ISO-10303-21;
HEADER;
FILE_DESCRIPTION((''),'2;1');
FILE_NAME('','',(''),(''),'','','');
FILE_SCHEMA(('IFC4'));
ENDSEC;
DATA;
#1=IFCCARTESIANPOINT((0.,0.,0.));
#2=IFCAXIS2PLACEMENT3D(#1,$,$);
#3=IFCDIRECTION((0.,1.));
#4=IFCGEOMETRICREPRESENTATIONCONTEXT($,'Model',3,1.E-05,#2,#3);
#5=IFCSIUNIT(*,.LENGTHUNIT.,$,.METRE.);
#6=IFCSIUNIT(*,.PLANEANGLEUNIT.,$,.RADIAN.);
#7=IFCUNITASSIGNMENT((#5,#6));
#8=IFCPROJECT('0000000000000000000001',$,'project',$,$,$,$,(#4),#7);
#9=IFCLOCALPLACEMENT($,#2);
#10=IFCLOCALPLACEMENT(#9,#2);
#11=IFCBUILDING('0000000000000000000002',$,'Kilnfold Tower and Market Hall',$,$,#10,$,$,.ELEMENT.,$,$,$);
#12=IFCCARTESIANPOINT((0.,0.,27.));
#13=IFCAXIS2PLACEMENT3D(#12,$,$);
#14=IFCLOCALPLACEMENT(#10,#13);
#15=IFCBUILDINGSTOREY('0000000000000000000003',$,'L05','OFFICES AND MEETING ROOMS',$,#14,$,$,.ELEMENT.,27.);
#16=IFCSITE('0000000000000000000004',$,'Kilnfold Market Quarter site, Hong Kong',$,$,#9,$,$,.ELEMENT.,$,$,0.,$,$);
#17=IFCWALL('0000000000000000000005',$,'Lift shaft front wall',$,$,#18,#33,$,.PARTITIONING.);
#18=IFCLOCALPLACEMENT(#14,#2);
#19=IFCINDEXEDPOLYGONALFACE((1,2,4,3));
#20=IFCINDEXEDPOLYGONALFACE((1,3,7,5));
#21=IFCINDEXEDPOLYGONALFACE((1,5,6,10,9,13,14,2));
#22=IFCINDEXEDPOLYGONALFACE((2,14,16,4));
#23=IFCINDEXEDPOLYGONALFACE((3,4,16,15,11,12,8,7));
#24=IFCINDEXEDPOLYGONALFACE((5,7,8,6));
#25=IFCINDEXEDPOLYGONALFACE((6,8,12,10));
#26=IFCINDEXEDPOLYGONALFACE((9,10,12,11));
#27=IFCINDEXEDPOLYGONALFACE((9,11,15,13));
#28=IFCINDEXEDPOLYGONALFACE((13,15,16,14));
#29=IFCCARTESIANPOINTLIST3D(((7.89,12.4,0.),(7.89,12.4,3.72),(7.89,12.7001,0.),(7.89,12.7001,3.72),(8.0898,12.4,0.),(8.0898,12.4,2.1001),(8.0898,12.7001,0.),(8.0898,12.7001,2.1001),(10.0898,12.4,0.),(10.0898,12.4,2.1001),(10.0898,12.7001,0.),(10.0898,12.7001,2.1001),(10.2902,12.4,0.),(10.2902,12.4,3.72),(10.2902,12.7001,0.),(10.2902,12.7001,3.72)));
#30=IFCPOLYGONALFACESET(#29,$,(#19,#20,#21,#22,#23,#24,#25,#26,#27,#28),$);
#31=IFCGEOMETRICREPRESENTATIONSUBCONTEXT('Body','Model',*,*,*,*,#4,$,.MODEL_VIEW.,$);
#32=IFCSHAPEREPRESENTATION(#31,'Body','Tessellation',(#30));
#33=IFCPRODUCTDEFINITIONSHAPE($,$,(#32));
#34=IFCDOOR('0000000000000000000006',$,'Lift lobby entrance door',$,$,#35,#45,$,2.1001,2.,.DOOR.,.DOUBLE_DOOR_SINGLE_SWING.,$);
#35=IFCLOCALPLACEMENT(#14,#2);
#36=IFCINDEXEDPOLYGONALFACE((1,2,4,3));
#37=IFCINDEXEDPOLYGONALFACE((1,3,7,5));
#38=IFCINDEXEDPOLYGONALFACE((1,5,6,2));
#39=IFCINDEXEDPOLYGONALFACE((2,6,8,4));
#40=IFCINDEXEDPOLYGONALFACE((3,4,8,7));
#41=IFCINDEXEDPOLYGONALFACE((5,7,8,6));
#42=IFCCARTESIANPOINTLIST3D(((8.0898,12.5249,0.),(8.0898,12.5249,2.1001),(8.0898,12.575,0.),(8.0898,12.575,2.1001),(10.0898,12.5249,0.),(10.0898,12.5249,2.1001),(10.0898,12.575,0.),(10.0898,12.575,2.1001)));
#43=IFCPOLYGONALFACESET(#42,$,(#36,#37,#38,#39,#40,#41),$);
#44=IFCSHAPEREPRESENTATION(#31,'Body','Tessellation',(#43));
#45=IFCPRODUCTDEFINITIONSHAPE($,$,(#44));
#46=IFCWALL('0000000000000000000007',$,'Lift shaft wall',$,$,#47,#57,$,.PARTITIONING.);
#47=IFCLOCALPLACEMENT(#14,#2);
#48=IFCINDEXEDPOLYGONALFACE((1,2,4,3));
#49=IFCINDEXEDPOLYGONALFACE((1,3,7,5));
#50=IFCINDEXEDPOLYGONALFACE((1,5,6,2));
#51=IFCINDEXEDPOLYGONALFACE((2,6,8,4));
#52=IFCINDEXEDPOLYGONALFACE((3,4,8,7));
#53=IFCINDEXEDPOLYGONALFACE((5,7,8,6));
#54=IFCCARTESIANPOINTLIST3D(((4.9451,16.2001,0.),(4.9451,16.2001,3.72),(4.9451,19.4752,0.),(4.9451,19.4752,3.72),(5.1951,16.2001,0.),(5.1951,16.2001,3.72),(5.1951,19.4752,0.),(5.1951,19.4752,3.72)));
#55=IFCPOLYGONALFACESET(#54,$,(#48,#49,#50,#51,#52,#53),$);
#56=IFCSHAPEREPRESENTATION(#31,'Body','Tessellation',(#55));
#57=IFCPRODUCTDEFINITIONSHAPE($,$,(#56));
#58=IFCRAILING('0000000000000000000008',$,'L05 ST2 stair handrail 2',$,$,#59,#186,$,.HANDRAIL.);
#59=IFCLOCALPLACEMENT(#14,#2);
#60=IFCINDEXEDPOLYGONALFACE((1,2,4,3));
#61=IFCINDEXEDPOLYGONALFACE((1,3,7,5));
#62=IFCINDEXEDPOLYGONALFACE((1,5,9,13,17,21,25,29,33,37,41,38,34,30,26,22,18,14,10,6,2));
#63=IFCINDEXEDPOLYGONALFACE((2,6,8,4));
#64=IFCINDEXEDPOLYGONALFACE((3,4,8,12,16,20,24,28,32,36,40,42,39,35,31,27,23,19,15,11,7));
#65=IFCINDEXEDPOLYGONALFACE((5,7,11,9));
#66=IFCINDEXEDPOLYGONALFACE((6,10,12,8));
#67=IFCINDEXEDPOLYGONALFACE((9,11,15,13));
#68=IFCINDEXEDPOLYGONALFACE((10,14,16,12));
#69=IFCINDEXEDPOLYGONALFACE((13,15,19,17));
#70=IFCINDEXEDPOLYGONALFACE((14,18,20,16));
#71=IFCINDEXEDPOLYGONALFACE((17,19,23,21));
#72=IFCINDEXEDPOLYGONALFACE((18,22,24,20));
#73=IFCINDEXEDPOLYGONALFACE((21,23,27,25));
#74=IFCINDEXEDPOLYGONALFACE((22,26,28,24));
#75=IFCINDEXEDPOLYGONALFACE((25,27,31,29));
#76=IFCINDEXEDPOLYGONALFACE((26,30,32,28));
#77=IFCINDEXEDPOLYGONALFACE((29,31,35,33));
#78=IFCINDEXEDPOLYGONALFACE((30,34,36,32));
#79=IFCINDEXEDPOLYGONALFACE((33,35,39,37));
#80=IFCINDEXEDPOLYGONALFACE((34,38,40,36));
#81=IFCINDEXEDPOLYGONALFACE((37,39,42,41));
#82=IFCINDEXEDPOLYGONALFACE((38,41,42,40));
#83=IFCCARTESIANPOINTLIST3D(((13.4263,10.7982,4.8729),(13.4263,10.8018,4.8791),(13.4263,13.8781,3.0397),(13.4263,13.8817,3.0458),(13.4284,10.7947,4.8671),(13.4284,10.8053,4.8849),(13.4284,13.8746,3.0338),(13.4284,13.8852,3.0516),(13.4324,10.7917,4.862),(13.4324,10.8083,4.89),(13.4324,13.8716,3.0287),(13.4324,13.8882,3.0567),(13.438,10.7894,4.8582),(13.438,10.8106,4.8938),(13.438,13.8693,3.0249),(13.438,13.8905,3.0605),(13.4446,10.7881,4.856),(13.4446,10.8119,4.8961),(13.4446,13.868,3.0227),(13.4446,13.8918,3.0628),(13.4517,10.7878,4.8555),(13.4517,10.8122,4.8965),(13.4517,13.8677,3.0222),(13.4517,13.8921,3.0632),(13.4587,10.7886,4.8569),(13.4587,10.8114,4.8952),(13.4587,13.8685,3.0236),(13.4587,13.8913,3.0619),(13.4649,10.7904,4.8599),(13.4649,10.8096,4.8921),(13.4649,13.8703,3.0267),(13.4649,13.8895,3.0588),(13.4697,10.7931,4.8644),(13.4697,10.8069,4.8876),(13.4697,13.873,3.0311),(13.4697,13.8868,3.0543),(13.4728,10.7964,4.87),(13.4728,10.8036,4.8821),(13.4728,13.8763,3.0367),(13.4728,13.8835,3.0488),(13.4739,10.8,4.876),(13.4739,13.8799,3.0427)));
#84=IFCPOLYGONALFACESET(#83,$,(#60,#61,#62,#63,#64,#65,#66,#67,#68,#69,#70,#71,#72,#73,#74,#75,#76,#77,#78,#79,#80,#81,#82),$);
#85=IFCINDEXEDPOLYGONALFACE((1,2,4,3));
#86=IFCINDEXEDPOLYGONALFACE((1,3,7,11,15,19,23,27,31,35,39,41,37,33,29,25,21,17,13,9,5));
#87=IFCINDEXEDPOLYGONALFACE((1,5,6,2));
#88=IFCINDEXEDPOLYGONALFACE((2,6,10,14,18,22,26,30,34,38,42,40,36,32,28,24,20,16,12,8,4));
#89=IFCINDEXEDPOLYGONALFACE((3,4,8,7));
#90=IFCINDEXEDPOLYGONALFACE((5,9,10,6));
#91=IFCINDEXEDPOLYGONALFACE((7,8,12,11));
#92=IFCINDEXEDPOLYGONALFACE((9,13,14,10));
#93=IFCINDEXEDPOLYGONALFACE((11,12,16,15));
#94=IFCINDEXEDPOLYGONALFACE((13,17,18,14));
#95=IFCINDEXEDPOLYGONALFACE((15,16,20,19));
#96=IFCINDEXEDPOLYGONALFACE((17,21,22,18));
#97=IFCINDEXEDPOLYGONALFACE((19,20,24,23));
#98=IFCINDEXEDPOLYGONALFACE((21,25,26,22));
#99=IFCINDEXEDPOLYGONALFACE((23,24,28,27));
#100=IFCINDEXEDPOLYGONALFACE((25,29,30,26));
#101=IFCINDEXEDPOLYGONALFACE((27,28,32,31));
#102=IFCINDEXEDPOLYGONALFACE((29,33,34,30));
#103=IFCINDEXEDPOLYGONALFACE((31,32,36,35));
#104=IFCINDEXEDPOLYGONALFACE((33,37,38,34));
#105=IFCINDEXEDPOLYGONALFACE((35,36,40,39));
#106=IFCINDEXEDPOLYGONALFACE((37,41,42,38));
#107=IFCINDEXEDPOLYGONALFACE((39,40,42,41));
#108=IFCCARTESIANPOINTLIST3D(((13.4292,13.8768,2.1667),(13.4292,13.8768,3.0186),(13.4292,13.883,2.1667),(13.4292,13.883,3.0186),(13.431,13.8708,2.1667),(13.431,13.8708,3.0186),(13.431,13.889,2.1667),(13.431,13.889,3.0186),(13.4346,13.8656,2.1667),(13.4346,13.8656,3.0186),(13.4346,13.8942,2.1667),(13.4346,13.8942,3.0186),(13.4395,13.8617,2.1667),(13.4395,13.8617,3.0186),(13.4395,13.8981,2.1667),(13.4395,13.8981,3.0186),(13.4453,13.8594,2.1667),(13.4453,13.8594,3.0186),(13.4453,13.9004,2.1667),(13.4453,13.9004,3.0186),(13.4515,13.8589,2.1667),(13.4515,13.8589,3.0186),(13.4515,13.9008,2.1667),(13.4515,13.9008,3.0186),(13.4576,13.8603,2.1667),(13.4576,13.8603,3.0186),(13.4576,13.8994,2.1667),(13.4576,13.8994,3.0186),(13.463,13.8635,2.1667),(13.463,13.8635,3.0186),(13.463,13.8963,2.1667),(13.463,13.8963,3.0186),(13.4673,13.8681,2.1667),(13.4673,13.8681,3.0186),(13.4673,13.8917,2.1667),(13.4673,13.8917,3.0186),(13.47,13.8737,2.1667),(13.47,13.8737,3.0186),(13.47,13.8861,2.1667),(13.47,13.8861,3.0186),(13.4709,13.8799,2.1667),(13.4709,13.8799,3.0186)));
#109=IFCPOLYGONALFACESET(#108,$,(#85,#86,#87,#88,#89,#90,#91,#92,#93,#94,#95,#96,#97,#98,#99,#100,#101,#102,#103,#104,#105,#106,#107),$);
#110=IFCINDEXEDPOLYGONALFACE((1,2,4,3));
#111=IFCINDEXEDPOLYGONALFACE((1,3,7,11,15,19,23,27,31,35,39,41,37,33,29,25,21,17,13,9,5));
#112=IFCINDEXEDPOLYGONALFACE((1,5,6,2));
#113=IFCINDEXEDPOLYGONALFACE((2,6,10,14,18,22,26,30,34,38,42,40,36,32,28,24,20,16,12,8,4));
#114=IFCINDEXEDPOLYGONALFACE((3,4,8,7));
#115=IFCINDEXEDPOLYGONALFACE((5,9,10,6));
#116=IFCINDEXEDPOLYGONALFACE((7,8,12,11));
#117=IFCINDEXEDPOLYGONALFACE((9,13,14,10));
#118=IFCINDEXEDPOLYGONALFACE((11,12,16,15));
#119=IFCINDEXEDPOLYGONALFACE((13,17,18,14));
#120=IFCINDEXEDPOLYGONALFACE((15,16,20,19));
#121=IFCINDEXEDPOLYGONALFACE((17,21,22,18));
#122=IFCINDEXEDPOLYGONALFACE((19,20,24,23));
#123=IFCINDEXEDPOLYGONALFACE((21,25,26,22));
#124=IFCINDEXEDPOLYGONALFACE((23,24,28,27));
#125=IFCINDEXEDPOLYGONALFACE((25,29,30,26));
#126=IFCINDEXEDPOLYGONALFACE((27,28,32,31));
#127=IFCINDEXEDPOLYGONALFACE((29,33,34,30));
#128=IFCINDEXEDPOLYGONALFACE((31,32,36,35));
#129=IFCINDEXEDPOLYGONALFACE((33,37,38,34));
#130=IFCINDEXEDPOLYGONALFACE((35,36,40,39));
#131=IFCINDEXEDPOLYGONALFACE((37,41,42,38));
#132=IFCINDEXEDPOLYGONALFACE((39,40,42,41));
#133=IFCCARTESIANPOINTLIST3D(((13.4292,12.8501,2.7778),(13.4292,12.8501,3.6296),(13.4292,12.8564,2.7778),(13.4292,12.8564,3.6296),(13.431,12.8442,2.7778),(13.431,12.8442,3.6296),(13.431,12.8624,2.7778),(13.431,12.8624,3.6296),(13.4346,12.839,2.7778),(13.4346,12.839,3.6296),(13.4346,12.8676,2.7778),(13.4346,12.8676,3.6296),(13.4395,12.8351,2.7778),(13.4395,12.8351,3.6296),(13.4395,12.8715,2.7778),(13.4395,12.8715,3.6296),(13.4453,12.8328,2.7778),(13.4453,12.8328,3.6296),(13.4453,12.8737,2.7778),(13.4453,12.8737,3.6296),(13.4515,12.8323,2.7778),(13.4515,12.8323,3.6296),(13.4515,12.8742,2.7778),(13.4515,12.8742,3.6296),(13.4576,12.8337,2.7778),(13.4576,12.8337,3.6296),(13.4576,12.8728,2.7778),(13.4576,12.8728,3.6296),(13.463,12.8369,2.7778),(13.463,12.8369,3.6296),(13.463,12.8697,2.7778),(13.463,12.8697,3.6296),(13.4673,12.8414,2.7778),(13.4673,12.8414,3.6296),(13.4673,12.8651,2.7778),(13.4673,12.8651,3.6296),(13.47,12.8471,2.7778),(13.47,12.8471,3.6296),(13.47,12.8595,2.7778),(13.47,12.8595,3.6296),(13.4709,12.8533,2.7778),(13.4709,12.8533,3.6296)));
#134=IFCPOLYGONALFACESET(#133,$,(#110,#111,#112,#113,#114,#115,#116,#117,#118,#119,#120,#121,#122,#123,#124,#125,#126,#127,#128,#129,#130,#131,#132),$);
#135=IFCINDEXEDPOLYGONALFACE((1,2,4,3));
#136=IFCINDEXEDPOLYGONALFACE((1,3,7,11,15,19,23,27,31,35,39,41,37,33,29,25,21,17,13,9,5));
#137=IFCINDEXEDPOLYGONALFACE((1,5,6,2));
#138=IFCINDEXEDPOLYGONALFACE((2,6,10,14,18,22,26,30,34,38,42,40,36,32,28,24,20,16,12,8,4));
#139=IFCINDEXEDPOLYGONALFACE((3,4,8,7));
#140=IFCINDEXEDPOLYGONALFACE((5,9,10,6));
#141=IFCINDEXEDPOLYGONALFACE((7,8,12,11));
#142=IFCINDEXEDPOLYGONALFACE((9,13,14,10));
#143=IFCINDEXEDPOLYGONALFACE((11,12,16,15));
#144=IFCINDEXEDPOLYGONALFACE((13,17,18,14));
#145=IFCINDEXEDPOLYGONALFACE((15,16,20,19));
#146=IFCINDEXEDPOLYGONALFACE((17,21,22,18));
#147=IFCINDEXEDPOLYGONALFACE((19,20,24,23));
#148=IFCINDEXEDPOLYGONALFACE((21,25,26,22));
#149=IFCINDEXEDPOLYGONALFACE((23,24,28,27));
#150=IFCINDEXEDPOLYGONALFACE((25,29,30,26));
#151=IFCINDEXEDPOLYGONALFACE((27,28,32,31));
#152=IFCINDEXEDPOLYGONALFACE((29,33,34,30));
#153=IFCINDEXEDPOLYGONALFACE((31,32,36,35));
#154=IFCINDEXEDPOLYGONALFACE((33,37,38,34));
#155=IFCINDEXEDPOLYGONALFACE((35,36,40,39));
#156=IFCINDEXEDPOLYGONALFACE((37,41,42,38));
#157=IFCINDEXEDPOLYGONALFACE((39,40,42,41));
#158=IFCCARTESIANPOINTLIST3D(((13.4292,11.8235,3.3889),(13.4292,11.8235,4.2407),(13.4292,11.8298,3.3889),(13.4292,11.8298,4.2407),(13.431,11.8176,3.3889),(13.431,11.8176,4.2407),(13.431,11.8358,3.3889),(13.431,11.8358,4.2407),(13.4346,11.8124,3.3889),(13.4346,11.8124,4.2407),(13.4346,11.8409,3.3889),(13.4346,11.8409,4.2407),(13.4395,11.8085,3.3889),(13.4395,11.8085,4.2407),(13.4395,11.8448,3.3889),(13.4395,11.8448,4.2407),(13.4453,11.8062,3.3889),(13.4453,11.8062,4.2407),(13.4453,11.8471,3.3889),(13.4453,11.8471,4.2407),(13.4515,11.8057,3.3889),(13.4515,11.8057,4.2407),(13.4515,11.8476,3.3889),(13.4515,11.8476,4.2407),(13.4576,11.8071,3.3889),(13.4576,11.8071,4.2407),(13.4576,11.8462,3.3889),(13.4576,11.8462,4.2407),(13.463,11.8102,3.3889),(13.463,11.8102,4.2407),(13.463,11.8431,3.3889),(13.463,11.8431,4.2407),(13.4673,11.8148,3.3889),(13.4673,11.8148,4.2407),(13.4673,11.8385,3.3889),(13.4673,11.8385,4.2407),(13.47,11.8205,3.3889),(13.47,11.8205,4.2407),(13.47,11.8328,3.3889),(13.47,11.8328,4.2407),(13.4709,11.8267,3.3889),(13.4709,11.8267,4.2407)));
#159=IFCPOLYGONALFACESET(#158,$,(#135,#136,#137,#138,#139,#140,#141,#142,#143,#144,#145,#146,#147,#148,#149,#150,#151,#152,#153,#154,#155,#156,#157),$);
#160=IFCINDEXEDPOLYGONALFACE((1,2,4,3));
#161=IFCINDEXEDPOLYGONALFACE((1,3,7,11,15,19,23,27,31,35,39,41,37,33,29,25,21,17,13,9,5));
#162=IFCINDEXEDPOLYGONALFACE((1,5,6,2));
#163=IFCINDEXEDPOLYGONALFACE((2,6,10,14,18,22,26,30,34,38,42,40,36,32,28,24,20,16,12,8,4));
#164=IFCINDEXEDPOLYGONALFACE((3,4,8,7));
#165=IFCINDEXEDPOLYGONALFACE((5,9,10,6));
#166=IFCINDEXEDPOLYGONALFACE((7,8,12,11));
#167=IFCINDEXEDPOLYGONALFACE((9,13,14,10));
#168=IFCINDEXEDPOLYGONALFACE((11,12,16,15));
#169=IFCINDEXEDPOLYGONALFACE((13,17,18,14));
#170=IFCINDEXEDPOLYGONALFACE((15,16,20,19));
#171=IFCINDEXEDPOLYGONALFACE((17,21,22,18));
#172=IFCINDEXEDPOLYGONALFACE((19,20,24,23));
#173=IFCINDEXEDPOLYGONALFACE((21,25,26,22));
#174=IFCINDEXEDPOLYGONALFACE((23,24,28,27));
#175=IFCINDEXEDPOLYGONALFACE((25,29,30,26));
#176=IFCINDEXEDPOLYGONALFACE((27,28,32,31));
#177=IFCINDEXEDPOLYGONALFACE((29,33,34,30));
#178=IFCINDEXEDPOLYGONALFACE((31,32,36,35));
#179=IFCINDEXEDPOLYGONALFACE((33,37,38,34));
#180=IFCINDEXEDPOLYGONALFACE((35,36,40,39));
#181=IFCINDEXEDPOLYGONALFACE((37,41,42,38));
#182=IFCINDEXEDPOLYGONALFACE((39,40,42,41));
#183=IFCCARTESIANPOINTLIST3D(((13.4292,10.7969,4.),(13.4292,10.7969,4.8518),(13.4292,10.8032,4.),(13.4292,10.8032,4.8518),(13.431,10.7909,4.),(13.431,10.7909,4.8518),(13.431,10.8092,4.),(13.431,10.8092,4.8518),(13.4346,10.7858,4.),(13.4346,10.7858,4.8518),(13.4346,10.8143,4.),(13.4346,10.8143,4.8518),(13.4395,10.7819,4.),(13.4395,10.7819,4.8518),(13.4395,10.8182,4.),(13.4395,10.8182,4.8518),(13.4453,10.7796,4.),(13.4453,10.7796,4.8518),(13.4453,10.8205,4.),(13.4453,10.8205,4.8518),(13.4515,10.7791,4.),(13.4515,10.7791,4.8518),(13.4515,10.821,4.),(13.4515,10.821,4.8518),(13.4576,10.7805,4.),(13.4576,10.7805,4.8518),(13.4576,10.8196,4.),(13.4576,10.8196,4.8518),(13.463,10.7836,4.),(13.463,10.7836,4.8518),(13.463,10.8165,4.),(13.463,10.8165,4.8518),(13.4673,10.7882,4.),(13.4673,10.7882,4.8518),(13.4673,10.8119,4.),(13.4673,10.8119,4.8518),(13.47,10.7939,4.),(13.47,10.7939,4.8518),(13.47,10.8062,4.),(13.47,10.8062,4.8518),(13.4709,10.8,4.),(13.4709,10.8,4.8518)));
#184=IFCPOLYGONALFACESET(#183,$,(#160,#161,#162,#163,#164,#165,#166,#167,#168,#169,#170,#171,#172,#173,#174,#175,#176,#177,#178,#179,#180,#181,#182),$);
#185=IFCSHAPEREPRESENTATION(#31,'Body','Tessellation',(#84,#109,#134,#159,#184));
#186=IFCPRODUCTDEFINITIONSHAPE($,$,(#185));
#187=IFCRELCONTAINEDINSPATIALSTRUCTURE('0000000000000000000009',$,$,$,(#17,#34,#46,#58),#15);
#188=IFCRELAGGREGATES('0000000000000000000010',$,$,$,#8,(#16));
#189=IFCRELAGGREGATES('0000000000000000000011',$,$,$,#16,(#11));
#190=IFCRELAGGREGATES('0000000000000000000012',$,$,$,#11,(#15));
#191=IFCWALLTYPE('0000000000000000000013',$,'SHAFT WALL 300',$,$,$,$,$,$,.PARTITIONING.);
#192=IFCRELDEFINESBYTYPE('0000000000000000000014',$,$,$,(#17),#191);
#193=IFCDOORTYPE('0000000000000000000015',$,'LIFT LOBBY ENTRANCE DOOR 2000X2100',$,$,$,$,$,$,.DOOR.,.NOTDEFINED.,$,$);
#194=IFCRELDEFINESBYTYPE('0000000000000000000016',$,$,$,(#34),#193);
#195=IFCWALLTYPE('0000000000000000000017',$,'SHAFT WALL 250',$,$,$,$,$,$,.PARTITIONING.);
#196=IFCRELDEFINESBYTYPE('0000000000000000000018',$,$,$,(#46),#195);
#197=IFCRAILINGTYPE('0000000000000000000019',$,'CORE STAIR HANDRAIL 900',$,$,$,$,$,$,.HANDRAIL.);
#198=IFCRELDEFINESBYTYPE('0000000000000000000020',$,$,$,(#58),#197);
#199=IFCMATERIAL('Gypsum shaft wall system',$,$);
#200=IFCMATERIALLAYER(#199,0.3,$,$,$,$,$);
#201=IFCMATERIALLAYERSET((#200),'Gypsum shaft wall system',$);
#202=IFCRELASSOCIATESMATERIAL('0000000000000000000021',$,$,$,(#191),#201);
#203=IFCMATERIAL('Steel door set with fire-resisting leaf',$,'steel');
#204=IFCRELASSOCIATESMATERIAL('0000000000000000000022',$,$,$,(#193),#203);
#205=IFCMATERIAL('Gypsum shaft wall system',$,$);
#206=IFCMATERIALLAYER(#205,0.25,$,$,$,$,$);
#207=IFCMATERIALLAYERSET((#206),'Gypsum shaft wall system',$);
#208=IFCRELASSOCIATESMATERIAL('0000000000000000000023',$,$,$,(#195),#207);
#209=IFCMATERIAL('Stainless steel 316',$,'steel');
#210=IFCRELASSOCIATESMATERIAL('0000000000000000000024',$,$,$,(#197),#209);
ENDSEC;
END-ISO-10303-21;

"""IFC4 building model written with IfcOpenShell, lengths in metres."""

from ifc_helpers import new_model, si_unit, direction, frame, frame_2d, origin, origin_2d, place, context, subcontext, project, spatial, rectangle, circle, extrude, source, transform, mapped, material, layer, layer_set, type_object, element, fill, save


model = new_model("IFC4")

# Units and contexts
model_context = context("Model", 3, precision=1e-05, world=origin(), true_north=direction((0.0, 1.0)))
body_context = subcontext(model_context, "Body", "Model", "MODEL_VIEW")
ifc_project = project(units=[si_unit("LENGTHUNIT", "METRE"), si_unit("PLANEANGLEUNIT", "RADIAN")], contexts=[model_context])

# Site, building, storey
site_placement = place(None, origin())
site = spatial("IfcSite", under=ifc_project, at=site_placement, Name="Kilnfold Market Quarter site, Hong Kong", CompositionType="ELEMENT", RefElevation=0.0)
building_placement = place(site_placement, origin())
building = spatial("IfcBuilding", under=site, at=building_placement, Name="Kilnfold Tower and Market Hall", CompositionType="ELEMENT")
storey_placement = place(building_placement, frame((0.0, 0.0, 27.0)))
storey = spatial("IfcBuildingStorey", under=building, at=storey_placement, Name="L05", Description="OFFICES AND MEETING ROOMS", CompositionType="ELEMENT", Elevation=27.0)

# Shared definitions
ifc_material_1 = material(Name="Gypsum shaft wall system")
ifc_layer_1 = layer(ifc_material_1, 0.3)
ifc_layer_set_1 = layer_set([ifc_layer_1], Name="Gypsum shaft wall system")
wall_type_1 = type_object("IfcWallType", Name="SHAFT WALL 300", PredefinedType="PARTITIONING", material=ifc_layer_set_1)

# Wall, opening, door
shared_shape_1 = source(origin(), body_context, "Body", "SweptSolid", [
    extrude(rectangle(XDim=2.4001, YDim=0.3, at=frame_2d((1.2002, 0.0))), origin(), (0.0, 0.0, 1.0), 3.72),
])
wall_1_placement = place(storey_placement, frame((7.8899, 12.55, 0.0), z_axis=(0.0, 0.0, 1.0), x_axis=(1.0, 0.0, 0.0)))
wall_1 = element("IfcWall", 1, at=wall_1_placement, inside=storey, type_object=wall_type_1, Name="Lift shaft front wall", PredefinedType="PARTITIONING", context=body_context, shape_type="MappedRepresentation", body=[
    mapped(shared_shape_1, transform((0.0, 0.0, 0.0))),
])
opening_1_placement = place(wall_1_placement, frame((0.2, 0.0, 0.0)))
opening_1 = element("IfcOpeningElement", 2, at=opening_1_placement, cuts=wall_1, PredefinedType="OPENING", context=body_context, shape_type="SweptSolid", body=[
    extrude(rectangle(XDim=2.0, YDim=2.1001, at=frame_2d((1.0, 1.05))), frame((0.0, 0.1602, 0.0), z_axis=(0.0, -1.0, 0.0), x_axis=(1.0, 0.0, 0.0)), (0.0, 0.0, 1.0), 0.3201),
])
ifc_material_2 = material(Name="Steel door set with fire-resisting leaf", Category="steel")
door_type_1 = type_object("IfcDoorType", Name="LIFT LOBBY ENTRANCE DOOR 2000X2100", OperationType="NOTDEFINED", PredefinedType="DOOR", material=ifc_material_2)
door_1_placement = place(opening_1_placement, origin())
door_1 = element("IfcDoor", 3, at=door_1_placement, inside=storey, type_object=door_type_1, Name="Lift lobby entrance door", OperationType="DOUBLE_DOOR_SINGLE_SWING", OverallHeight=2.1001, OverallWidth=2.0, PredefinedType="DOOR", context=body_context, shape_type="SweptSolid", body=[
    extrude(rectangle(XDim=2.0, YDim=2.1001, at=frame_2d((1.0, 1.05))), frame((0.0, 0.0249, 0.0), z_axis=(0.0, -1.0, 0.0), x_axis=(1.0, 0.0, 0.0)), (0.0, 0.0, 1.0), 0.05),
])
fill(opening_1, door_1)

# Wall
ifc_material_3 = material(Name="Gypsum shaft wall system")
ifc_layer_2 = layer(ifc_material_3, 0.25)
ifc_layer_set_2 = layer_set([ifc_layer_2], Name="Gypsum shaft wall system")
wall_type_2 = type_object("IfcWallType", Name="SHAFT WALL 250", PredefinedType="PARTITIONING", material=ifc_layer_set_2)
shared_shape_2 = source(origin(), body_context, "Body", "SweptSolid", [
    extrude(rectangle(XDim=3.2751, YDim=0.25, at=frame_2d((1.6377, 0.0))), origin(), (0.0, 0.0, 1.0), 3.72),
])
wall_2_placement = place(storey_placement, frame((5.0701, 16.2, 0.0), z_axis=(0.0, 0.0, 1.0), x_axis=(0.0, 1.0, 0.0)))
element("IfcWall", 4, at=wall_2_placement, inside=storey, type_object=wall_type_2, Name="Lift shaft wall", PredefinedType="PARTITIONING", context=body_context, shape_type="MappedRepresentation", body=[
    mapped(shared_shape_2, transform((0.0, 0.0, 0.0))),
])

# Railing
ifc_material_4 = material(Name="Stainless steel 316", Category="steel")
railing_type = type_object("IfcRailingType", Name="CORE STAIR HANDRAIL 900", PredefinedType="HANDRAIL", material=ifc_material_4)
railing_placement = place(storey_placement, frame((13.45, 13.8799, 2.1667)))
element("IfcRailing", 5, at=railing_placement, inside=storey, type_object=railing_type, Name="L05 ST2 stair handrail 2", PredefinedType="HANDRAIL", context=body_context, shape_type="SweptSolid", body=[
    extrude(circle(Radius=0.0239, at=origin_2d()), frame((0.0, 0.0, 0.876), z_axis=(0.0, -0.859291, 0.511487), x_axis=(1.0, 0.0, 0.0)), (0.0, 0.0, 1.0), 3.5842),
    extrude(circle(Radius=0.021, at=origin_2d()), origin(), (0.0, 0.0, 1.0), 0.8518),
    extrude(circle(Radius=0.021, at=origin_2d()), frame((0.0, -1.0266, 0.6111)), (0.0, 0.0, 1.0), 0.8518),
    extrude(circle(Radius=0.021, at=origin_2d()), frame((0.0, -2.0532, 1.2222)), (0.0, 0.0, 1.0), 0.8518),
    extrude(circle(Radius=0.021, at=origin_2d()), frame((0.0, -3.0798, 1.8333)), (0.0, 0.0, 1.0), 0.8518),
])

save(model, "model.ifc")
